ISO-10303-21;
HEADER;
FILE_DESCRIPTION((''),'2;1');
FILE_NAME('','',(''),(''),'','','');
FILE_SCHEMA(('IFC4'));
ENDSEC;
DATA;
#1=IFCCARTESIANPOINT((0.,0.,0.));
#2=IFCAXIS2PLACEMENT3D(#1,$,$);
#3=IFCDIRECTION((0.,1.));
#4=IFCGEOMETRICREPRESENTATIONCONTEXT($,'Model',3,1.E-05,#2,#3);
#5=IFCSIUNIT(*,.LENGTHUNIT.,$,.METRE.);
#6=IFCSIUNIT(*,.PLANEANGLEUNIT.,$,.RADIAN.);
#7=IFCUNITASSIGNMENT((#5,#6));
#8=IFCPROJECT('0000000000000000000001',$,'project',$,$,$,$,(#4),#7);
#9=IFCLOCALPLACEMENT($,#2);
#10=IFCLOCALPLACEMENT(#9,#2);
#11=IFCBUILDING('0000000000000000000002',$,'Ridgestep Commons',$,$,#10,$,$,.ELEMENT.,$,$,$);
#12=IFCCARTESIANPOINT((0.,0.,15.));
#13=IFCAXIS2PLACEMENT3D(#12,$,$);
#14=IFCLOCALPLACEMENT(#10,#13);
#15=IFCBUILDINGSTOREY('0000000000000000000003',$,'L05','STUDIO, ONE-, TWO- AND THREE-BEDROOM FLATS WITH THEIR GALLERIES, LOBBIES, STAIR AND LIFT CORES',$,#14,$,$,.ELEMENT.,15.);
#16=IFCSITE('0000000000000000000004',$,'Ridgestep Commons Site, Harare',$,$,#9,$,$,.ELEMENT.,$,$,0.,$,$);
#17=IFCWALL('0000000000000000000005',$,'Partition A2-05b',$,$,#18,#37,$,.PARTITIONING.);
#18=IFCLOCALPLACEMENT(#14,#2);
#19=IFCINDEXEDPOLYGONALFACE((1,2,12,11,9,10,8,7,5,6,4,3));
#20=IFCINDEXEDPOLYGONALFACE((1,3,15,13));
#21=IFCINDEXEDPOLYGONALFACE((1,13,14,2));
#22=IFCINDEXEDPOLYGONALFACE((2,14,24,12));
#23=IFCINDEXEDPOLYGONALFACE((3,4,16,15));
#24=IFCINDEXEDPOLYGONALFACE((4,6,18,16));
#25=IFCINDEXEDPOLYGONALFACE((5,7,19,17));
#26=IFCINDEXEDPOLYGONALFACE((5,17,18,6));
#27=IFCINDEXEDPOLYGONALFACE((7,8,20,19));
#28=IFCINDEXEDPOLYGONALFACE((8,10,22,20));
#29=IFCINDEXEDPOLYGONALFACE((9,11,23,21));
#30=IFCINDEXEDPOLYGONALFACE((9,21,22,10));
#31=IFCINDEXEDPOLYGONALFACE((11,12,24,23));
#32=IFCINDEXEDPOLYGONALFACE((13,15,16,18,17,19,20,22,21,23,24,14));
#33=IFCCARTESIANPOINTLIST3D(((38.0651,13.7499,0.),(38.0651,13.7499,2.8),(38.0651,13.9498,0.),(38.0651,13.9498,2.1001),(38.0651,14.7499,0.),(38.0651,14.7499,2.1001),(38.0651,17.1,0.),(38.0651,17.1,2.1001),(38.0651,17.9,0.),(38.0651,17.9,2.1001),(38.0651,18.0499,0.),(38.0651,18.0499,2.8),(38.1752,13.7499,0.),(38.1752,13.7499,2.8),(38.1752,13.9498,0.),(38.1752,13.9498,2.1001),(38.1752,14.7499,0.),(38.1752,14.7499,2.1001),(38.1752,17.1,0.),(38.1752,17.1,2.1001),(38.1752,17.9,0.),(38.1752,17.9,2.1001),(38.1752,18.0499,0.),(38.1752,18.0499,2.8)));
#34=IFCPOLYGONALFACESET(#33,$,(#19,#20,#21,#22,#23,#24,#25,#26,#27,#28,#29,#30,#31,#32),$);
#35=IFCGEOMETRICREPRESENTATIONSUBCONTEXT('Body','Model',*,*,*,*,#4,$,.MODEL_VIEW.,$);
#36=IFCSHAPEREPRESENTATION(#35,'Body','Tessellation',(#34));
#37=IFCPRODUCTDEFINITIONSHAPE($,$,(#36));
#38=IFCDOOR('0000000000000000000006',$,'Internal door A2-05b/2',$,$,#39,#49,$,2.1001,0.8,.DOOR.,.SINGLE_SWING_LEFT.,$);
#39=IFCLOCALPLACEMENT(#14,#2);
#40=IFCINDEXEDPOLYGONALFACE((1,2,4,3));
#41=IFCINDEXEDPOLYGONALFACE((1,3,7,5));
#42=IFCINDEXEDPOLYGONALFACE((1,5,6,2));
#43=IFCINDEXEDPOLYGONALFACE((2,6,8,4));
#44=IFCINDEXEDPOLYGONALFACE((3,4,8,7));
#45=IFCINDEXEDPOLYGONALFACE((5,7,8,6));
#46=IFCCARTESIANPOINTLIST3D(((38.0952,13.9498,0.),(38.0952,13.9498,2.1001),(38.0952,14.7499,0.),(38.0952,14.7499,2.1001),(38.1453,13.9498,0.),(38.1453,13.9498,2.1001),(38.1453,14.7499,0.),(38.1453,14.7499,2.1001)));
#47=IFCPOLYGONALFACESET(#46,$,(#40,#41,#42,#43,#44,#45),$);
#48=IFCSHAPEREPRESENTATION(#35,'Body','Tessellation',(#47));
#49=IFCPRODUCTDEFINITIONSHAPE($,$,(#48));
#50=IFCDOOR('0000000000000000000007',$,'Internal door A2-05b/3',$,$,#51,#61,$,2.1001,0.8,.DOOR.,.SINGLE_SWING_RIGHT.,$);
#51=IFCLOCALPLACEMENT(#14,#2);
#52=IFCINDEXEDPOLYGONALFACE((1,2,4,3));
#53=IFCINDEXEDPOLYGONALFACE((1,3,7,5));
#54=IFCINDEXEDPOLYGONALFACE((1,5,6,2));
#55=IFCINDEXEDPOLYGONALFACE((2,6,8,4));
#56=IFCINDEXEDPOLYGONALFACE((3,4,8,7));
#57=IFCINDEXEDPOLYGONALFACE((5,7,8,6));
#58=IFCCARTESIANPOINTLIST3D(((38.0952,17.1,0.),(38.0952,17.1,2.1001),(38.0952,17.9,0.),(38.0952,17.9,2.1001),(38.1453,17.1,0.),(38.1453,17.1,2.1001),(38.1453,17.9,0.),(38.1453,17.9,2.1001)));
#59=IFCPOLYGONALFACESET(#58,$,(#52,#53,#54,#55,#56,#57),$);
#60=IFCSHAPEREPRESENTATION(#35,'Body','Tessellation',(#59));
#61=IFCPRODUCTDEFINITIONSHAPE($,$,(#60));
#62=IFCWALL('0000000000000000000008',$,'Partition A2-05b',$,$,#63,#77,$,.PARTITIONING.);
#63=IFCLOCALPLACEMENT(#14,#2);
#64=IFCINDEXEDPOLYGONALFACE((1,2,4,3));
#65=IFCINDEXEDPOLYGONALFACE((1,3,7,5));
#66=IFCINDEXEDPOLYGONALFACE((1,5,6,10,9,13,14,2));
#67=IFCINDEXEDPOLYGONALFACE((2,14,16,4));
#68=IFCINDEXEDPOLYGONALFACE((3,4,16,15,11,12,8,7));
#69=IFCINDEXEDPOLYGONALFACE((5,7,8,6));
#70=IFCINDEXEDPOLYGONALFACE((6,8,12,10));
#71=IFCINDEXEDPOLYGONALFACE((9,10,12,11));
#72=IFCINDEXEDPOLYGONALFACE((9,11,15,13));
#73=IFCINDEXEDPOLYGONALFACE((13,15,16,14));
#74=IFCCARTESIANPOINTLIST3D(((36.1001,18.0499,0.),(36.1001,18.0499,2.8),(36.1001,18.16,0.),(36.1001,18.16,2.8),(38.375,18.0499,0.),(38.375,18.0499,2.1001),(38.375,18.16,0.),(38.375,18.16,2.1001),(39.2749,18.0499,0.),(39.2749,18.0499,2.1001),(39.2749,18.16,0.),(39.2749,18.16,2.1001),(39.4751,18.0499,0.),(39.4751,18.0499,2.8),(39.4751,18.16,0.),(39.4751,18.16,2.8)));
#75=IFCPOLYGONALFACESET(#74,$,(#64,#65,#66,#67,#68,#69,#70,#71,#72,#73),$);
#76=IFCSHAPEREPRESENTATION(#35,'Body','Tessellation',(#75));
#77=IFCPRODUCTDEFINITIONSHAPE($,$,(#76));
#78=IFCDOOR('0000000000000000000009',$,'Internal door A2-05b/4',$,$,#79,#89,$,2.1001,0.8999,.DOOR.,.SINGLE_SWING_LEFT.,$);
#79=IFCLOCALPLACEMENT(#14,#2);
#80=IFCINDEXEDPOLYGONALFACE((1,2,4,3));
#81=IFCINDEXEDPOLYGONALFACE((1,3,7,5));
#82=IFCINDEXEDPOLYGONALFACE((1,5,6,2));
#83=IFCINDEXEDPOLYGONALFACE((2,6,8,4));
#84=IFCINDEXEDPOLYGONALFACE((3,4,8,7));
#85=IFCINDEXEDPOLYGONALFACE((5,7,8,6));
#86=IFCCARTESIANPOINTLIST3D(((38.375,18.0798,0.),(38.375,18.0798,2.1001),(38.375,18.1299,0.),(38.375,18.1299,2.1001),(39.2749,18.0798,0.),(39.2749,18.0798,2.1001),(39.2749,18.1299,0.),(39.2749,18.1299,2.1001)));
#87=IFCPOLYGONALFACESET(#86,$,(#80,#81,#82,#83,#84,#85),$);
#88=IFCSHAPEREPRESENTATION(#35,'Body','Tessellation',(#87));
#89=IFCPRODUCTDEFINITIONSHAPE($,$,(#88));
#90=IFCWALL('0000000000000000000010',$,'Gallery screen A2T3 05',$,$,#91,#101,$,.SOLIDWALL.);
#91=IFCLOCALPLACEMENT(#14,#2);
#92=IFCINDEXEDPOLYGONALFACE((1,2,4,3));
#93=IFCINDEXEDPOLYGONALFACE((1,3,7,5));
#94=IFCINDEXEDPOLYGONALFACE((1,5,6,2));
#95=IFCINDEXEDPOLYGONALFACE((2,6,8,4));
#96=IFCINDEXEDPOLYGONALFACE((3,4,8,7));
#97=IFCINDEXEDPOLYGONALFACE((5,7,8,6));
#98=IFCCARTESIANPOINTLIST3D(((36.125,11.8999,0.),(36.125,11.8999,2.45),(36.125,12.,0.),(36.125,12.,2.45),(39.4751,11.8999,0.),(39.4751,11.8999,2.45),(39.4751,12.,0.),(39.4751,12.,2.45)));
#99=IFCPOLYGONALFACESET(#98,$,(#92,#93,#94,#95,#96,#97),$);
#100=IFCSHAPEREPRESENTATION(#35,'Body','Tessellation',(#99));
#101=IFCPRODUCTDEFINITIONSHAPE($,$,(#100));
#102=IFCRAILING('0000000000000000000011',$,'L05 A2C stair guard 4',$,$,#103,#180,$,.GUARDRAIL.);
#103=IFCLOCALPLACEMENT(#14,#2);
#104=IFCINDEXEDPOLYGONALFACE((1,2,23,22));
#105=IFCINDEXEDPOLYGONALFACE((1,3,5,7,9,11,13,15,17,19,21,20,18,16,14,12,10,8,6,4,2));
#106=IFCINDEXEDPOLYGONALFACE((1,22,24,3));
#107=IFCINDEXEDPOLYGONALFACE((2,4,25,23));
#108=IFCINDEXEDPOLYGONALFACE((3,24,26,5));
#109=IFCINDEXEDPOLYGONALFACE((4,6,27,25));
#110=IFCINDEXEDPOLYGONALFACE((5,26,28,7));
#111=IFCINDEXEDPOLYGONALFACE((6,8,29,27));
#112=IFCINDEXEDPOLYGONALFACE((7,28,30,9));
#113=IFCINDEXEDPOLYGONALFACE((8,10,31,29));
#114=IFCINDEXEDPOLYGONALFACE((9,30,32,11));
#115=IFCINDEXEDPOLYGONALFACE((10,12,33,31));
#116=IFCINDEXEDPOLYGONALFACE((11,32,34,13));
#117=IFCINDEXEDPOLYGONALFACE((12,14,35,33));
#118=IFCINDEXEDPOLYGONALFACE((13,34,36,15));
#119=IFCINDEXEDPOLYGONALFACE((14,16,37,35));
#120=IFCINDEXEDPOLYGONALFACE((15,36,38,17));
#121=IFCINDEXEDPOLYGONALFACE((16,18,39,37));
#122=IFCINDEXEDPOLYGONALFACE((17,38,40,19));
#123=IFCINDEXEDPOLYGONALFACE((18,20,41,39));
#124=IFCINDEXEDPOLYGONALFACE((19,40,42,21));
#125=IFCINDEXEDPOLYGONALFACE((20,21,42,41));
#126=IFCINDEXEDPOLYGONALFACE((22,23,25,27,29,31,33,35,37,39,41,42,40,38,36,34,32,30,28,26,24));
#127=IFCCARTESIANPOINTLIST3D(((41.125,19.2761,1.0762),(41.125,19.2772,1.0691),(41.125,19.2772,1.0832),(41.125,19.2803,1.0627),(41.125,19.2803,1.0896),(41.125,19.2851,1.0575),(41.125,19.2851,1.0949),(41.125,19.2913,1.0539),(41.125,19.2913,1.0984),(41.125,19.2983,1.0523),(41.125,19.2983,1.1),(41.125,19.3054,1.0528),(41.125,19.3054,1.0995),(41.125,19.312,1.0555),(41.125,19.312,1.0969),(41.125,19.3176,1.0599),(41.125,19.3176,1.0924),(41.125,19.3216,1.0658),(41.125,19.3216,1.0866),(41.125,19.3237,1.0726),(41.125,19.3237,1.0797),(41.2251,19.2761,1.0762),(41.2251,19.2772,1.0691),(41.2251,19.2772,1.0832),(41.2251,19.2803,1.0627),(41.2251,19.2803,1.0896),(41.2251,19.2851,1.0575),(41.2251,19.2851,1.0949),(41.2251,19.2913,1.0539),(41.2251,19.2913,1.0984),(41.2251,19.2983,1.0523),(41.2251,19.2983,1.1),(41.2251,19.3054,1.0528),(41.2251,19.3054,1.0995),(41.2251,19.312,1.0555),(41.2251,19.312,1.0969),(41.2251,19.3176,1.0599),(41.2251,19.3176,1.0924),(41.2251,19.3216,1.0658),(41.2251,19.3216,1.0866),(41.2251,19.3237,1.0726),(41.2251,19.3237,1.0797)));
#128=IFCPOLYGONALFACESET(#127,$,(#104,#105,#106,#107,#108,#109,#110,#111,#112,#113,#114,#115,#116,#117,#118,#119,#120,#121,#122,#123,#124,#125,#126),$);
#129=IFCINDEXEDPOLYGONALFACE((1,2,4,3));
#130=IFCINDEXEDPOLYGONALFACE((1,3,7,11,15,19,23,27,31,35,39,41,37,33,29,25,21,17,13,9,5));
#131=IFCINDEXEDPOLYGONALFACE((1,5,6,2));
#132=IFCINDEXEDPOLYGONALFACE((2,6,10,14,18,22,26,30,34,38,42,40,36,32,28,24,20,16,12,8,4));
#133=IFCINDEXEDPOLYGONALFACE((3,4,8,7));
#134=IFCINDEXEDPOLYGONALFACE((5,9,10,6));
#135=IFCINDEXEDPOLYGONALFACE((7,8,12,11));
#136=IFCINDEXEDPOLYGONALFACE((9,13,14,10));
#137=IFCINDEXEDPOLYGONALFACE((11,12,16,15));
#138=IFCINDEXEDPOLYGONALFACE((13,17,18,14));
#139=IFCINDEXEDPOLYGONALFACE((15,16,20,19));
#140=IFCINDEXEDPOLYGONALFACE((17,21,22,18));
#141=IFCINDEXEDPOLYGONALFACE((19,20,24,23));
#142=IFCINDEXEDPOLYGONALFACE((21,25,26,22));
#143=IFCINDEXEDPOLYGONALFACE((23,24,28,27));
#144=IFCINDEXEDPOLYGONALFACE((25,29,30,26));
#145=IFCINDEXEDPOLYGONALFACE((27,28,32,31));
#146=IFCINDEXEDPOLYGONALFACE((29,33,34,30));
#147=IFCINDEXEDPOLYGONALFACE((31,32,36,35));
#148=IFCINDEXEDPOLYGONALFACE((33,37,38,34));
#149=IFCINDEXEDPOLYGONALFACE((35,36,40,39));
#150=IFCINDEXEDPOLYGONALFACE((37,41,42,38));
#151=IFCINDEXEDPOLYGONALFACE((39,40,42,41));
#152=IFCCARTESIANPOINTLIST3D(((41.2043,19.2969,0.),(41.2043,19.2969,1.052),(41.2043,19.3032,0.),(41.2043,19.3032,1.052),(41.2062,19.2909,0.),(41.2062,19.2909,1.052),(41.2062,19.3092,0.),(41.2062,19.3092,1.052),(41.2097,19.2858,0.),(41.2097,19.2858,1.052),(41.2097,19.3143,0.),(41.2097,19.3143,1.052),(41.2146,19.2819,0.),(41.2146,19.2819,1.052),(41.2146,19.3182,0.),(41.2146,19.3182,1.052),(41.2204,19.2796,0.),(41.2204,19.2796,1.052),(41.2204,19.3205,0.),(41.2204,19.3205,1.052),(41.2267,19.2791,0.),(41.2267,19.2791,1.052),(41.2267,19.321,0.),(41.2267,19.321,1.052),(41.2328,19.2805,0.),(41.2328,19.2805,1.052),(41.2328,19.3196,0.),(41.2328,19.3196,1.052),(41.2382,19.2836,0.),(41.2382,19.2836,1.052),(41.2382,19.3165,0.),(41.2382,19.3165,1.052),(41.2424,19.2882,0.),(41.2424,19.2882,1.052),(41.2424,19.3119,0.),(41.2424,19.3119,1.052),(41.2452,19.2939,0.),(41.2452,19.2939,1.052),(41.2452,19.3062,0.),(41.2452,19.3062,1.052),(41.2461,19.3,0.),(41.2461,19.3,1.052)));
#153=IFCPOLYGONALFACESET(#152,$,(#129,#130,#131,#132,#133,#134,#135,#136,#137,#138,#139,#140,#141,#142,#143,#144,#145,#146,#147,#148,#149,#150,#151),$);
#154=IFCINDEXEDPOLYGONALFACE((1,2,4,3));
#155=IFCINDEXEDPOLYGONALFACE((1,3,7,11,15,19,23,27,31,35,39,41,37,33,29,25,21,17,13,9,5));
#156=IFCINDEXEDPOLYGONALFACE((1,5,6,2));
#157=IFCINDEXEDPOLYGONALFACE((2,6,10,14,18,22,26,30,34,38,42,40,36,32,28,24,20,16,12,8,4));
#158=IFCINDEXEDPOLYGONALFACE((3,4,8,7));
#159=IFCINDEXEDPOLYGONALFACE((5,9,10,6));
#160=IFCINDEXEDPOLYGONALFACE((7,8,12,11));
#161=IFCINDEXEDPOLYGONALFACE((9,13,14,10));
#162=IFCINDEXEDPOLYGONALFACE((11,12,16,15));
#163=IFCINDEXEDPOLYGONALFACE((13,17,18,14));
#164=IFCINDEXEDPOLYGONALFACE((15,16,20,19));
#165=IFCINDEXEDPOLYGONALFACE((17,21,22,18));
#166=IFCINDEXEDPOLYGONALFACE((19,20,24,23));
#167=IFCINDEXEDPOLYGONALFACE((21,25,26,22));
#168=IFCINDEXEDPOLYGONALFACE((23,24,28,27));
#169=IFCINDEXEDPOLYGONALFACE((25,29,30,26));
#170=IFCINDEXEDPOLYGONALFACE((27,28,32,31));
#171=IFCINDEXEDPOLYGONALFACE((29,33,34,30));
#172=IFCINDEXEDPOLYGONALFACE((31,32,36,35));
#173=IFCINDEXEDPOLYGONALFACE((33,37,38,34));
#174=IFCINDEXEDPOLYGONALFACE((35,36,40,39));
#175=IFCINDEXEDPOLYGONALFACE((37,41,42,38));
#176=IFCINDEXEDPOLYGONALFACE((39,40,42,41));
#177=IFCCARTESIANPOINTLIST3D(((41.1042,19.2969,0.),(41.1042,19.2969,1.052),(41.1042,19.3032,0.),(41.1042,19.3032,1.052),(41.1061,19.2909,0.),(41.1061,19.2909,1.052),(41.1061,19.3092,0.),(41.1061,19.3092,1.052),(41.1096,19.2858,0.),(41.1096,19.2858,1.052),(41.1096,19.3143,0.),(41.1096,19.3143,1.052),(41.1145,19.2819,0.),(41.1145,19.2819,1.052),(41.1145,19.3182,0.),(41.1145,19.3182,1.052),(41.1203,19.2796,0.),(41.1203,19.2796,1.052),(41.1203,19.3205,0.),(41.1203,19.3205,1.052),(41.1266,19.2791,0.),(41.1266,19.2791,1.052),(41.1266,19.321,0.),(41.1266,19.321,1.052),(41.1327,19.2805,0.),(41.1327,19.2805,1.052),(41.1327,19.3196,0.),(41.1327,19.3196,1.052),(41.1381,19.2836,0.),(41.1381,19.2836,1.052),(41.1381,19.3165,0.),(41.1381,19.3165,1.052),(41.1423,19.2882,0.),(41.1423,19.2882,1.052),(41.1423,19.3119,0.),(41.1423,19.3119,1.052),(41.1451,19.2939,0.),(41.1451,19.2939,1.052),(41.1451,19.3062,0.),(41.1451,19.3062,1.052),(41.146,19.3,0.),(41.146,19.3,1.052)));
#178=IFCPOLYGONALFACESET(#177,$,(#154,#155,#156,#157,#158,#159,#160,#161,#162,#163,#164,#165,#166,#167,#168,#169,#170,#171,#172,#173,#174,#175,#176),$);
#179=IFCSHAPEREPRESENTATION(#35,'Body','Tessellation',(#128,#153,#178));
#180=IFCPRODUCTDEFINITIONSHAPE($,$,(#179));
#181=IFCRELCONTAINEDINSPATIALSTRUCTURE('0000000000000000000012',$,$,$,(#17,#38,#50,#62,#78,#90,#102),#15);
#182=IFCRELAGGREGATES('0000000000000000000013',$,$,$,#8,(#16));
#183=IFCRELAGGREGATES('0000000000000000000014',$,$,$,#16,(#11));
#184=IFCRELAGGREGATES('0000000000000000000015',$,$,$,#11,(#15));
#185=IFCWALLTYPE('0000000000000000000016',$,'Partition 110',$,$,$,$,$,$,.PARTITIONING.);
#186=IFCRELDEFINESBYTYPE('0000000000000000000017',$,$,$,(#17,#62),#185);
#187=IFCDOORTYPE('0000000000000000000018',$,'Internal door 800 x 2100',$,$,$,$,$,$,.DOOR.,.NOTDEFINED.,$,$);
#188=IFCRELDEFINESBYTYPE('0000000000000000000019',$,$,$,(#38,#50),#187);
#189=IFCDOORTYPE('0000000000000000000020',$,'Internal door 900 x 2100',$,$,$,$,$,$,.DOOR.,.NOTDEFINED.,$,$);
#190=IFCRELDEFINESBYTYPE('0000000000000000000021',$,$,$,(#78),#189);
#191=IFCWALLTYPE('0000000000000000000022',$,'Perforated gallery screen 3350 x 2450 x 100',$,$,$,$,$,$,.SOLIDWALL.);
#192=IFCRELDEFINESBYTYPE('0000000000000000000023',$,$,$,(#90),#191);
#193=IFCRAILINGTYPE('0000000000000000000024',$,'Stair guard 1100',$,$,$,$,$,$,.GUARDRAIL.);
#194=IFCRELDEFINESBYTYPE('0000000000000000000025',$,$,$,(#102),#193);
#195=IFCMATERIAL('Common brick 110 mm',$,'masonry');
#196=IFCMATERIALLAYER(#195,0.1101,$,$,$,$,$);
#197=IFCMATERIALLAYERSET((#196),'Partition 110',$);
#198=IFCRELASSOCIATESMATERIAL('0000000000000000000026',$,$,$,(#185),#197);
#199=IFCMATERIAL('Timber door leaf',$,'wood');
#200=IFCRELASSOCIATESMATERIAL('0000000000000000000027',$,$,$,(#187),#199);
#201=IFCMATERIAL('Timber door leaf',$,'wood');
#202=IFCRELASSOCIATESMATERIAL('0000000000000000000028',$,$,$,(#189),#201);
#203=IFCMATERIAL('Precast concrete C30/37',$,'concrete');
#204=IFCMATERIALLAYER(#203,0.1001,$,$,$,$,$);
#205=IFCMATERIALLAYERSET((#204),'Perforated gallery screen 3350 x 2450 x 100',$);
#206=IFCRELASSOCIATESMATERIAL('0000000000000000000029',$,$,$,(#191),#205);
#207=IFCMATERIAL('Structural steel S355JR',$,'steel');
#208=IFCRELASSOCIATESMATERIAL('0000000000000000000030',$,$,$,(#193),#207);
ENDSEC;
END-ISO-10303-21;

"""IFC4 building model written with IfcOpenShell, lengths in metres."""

from ifc_helpers import new_model, si_unit, direction, frame, frame_2d, origin, origin_2d, place, context, subcontext, project, spatial, rectangle, circle, extrude, material, layer, layer_set, type_object, element, fill, save


model = new_model("IFC4")

# Units and contexts
model_context = context("Model", 3, precision=1e-05, world=origin(), true_north=direction((0.0, 1.0)))
body_context = subcontext(model_context, "Body", "Model", "MODEL_VIEW")
ifc_project = project(units=[si_unit("LENGTHUNIT", "METRE"), si_unit("PLANEANGLEUNIT", "RADIAN")], contexts=[model_context])

# Site, building, storey
site_placement = place(None, origin())
site = spatial("IfcSite", under=ifc_project, at=site_placement, Name="Ridgestep Commons Site, Harare", CompositionType="ELEMENT", RefElevation=0.0)
building_placement = place(site_placement, origin())
building = spatial("IfcBuilding", under=site, at=building_placement, Name="Ridgestep Commons", CompositionType="ELEMENT")
storey_placement = place(building_placement, frame((0.0, 0.0, 15.0)))
storey = spatial("IfcBuildingStorey", under=building, at=storey_placement, Name="L05", Description="STUDIO, ONE-, TWO- AND THREE-BEDROOM FLATS WITH THEIR GALLERIES, LOBBIES, STAIR AND LIFT CORES", CompositionType="ELEMENT", Elevation=15.0)

# Shared definitions
ifc_material_1 = material(Name="Common brick 110 mm", Category="masonry")
ifc_layer_1 = layer(ifc_material_1, 0.1101)
ifc_layer_set_1 = layer_set([ifc_layer_1], Name="Partition 110")
wall_type_1 = type_object("IfcWallType", Name="Partition 110", PredefinedType="PARTITIONING", material=ifc_layer_set_1)

# Wall, openings, doors
wall_1_placement = place(storey_placement, frame((38.1201, 13.75, 0.0), z_axis=(0.0, 0.0, 1.0), x_axis=(0.0, 1.0, 0.0)))
wall_1 = element("IfcWall", 1, at=wall_1_placement, inside=storey, type_object=wall_type_1, Name="Partition A2-05b", PredefinedType="PARTITIONING", context=body_context, shape_type="SweptSolid", body=[
    extrude(rectangle(XDim=4.3, YDim=0.1101, at=frame_2d((2.1499, 0.0))), origin(), (0.0, 0.0, 1.0), 2.8),
])
opening_1_placement = place(wall_1_placement, frame((0.2, 0.0, 0.0)))
opening_1 = element("IfcOpeningElement", 2, at=opening_1_placement, cuts=wall_1, PredefinedType="OPENING", context=body_context, shape_type="SweptSolid", body=[
    extrude(rectangle(XDim=0.8, YDim=2.1001, at=frame_2d((0.3999, 1.05))), frame((0.0, 0.0649, 0.0), z_axis=(0.0, -1.0, 0.0), x_axis=(1.0, 0.0, 0.0)), (0.0, 0.0, 1.0), 0.1301),
])
opening_2_placement = place(wall_1_placement, frame((3.3501, 0.0, 0.0)))
opening_2 = element("IfcOpeningElement", 3, at=opening_2_placement, cuts=wall_1, PredefinedType="OPENING", context=body_context, shape_type="SweptSolid", body=[
    extrude(rectangle(XDim=0.8, YDim=2.1001, at=frame_2d((0.3999, 1.05))), frame((0.0, 0.0649, 0.0), z_axis=(0.0, -1.0, 0.0), x_axis=(1.0, 0.0, 0.0)), (0.0, 0.0, 1.0), 0.1301),
])
ifc_material_2 = material(Name="Timber door leaf", Category="wood")
door_type_1 = type_object("IfcDoorType", Name="Internal door 800 x 2100", OperationType="NOTDEFINED", PredefinedType="DOOR", material=ifc_material_2)
door_1_placement = place(opening_1_placement, origin())
door_1 = element("IfcDoor", 4, at=door_1_placement, inside=storey, type_object=door_type_1, Name="Internal door A2-05b/2", OperationType="SINGLE_SWING_LEFT", OverallHeight=2.1001, OverallWidth=0.8, PredefinedType="DOOR", context=body_context, shape_type="SweptSolid", body=[
    extrude(rectangle(XDim=0.8, YDim=2.1001, at=frame_2d((0.3999, 1.05))), frame((0.0, 0.0249, 0.0), z_axis=(0.0, -1.0, 0.0), x_axis=(1.0, 0.0, 0.0)), (0.0, 0.0, 1.0), 0.05),
])
fill(opening_1, door_1)
door_2_placement = place(opening_2_placement, origin())
door_2 = element("IfcDoor", 5, at=door_2_placement, inside=storey, type_object=door_type_1, Name="Internal door A2-05b/3", OperationType="SINGLE_SWING_RIGHT", OverallHeight=2.1001, OverallWidth=0.8, PredefinedType="DOOR", context=body_context, shape_type="SweptSolid", body=[
    extrude(rectangle(XDim=0.8, YDim=2.1001, at=frame_2d((0.3999, 1.05))), frame((0.0, 0.0249, 0.0), z_axis=(0.0, -1.0, 0.0), x_axis=(1.0, 0.0, 0.0)), (0.0, 0.0, 1.0), 0.05),
])
fill(opening_2, door_2)

# Wall, opening, door
wall_2_placement = place(storey_placement, frame((36.1001, 18.105, 0.0), z_axis=(0.0, 0.0, 1.0), x_axis=(1.0, 0.0, 0.0)))
wall_2 = element("IfcWall", 6, at=wall_2_placement, inside=storey, type_object=wall_type_1, Name="Partition A2-05b", PredefinedType="PARTITIONING", context=body_context, shape_type="SweptSolid", body=[
    extrude(rectangle(XDim=3.375, YDim=0.1101, at=frame_2d((1.6875, 0.0))), origin(), (0.0, 0.0, 1.0), 2.8),
])
opening_3_placement = place(wall_2_placement, frame((2.2749, 0.0, 0.0)))
opening_3 = element("IfcOpeningElement", 7, at=opening_3_placement, cuts=wall_2, PredefinedType="OPENING", context=body_context, shape_type="SweptSolid", body=[
    extrude(rectangle(XDim=0.8999, YDim=2.1001, at=frame_2d((0.45, 1.05))), frame((0.0, 0.0649, 0.0), z_axis=(0.0, -1.0, 0.0), x_axis=(1.0, 0.0, 0.0)), (0.0, 0.0, 1.0), 0.1301),
])
ifc_material_3 = material(Name="Timber door leaf", Category="wood")
door_type_2 = type_object("IfcDoorType", Name="Internal door 900 x 2100", OperationType="NOTDEFINED", PredefinedType="DOOR", material=ifc_material_3)
door_3_placement = place(opening_3_placement, origin())
door_3 = element("IfcDoor", 8, at=door_3_placement, inside=storey, type_object=door_type_2, Name="Internal door A2-05b/4", OperationType="SINGLE_SWING_LEFT", OverallHeight=2.1001, OverallWidth=0.8999, PredefinedType="DOOR", context=body_context, shape_type="SweptSolid", body=[
    extrude(rectangle(XDim=0.8999, YDim=2.1001, at=frame_2d((0.45, 1.05))), frame((0.0, 0.0249, 0.0), z_axis=(0.0, -1.0, 0.0), x_axis=(1.0, 0.0, 0.0)), (0.0, 0.0, 1.0), 0.05),
])
fill(opening_3, door_3)

# Wall
ifc_material_4 = material(Name="Precast concrete C30/37", Category="concrete")
ifc_layer_2 = layer(ifc_material_4, 0.1001)
ifc_layer_set_2 = layer_set([ifc_layer_2], Name="Perforated gallery screen 3350 x 2450 x 100")
wall_type_2 = type_object("IfcWallType", Name="Perforated gallery screen 3350 x 2450 x 100", PredefinedType="SOLIDWALL", material=ifc_layer_set_2)
wall_3_placement = place(storey_placement, frame((36.125, 11.95, 0.0), z_axis=(0.0, 0.0, 1.0), x_axis=(1.0, 0.0, 0.0)))
element("IfcWall", 9, at=wall_3_placement, inside=storey, type_object=wall_type_2, Name="Gallery screen A2T3 05", PredefinedType="SOLIDWALL", context=body_context, shape_type="SweptSolid", body=[
    extrude(rectangle(XDim=3.3501, YDim=0.1001, at=frame_2d((1.675, 0.0))), origin(), (0.0, 0.0, 1.0), 2.45),
])

# Railing
ifc_material_5 = material(Name="Structural steel S355JR", Category="steel")
railing_type = type_object("IfcRailingType", Name="Stair guard 1100", PredefinedType="GUARDRAIL", material=ifc_material_5)
railing_placement = place(storey_placement, frame((41.2251, 19.3, 0.0)))
element("IfcRailing", 10, at=railing_placement, inside=storey, type_object=railing_type, Name="L05 A2C stair guard 4", PredefinedType="GUARDRAIL", context=body_context, shape_type="SweptSolid", body=[
    extrude(circle(Radius=0.0239, at=origin_2d()), frame((0.0, 0.0, 1.0762), z_axis=(-1.0, 0.0, 0.0), x_axis=(0.0, -1.0, 0.0)), (0.0, 0.0, 1.0), 0.1001),
    extrude(circle(Radius=0.021, at=origin_2d()), origin(), (0.0, 0.0, 1.0), 1.052),
    extrude(circle(Radius=0.021, at=origin_2d()), frame((-0.1001, 0.0, 0.0)), (0.0, 0.0, 1.0), 1.052),
])

save(model, "model.ifc")
